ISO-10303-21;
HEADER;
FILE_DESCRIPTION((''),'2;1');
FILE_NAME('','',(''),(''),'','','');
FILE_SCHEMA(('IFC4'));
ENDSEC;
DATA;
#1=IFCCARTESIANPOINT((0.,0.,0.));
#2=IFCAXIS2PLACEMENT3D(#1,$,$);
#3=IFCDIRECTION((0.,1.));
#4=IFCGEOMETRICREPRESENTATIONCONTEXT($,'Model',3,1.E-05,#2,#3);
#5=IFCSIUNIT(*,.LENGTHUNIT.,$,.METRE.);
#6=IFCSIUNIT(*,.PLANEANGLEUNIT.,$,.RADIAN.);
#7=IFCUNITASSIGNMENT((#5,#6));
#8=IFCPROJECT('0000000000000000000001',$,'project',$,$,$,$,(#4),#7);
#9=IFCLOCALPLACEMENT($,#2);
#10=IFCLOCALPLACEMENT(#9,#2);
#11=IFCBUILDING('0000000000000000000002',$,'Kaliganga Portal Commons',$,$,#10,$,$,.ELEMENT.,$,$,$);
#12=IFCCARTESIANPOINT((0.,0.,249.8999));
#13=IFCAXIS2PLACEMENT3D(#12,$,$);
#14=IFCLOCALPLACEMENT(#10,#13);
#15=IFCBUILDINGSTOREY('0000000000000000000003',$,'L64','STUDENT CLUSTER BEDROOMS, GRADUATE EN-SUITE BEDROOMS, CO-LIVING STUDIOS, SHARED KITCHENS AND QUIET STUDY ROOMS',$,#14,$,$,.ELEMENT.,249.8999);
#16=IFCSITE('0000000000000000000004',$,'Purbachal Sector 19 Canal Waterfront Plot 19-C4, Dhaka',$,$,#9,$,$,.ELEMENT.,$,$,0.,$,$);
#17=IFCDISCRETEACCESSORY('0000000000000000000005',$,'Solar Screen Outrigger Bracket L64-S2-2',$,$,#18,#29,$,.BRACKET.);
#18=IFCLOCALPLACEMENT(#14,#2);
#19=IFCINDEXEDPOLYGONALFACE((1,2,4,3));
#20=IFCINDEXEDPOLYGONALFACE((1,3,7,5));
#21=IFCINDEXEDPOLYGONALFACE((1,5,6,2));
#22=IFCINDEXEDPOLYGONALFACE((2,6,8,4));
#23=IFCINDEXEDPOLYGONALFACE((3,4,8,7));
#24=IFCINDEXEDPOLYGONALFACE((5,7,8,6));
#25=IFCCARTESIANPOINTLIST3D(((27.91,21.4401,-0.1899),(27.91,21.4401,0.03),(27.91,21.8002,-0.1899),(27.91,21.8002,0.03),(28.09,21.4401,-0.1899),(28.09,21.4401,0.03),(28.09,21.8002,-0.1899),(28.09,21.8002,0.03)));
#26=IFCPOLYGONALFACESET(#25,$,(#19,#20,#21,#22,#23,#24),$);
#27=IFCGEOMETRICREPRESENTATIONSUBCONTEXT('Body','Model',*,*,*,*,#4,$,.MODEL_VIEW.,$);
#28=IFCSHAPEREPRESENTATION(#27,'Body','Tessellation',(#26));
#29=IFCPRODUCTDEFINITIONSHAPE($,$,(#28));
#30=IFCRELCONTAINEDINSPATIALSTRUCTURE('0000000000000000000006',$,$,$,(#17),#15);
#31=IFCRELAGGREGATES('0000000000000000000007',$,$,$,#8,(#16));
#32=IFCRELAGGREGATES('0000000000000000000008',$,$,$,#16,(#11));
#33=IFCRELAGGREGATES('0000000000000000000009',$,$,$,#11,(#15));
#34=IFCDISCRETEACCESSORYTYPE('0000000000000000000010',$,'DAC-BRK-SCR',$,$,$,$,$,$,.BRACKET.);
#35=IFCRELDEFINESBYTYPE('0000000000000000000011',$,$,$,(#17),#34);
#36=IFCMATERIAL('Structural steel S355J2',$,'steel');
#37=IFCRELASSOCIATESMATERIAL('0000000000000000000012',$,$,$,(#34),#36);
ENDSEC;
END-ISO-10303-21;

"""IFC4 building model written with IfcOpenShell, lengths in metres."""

from ifc_helpers import new_model, si_unit, direction, frame, origin, origin_2d, place, context, subcontext, project, spatial, rectangle, extrude, source, transform, mapped, material, type_object, element, save


model = new_model("IFC4")

# Units and contexts
model_context = context("Model", 3, precision=1e-05, world=origin(), true_north=direction((0.0, 1.0)))
body_context = subcontext(model_context, "Body", "Model", "MODEL_VIEW")
ifc_project = project(units=[si_unit("LENGTHUNIT", "METRE"), si_unit("PLANEANGLEUNIT", "RADIAN")], contexts=[model_context])

# Site, building, storey
site_placement = place(None, origin())
site = spatial("IfcSite", under=ifc_project, at=site_placement, Name="Purbachal Sector 19 Canal Waterfront Plot 19-C4, Dhaka", CompositionType="ELEMENT", RefElevation=0.0)
building_placement = place(site_placement, origin())
building = spatial("IfcBuilding", under=site, at=building_placement, Name="Kaliganga Portal Commons", CompositionType="ELEMENT")
storey_placement = place(building_placement, frame((0.0, 0.0, 249.8999)))
storey = spatial("IfcBuildingStorey", under=building, at=storey_placement, Name="L64", Description="STUDENT CLUSTER BEDROOMS, GRADUATE EN-SUITE BEDROOMS, CO-LIVING STUDIOS, SHARED KITCHENS AND QUIET STUDY ROOMS", CompositionType="ELEMENT", Elevation=249.8999)

# Shared definitions
ifc_material_1 = material(Name="Structural steel S355J2", Category="steel")

# Discrete accessory
discrete_accessory_type = type_object("IfcDiscreteAccessoryType", Name="DAC-BRK-SCR", PredefinedType="BRACKET", material=ifc_material_1)
shared_shape_1 = source(origin(), body_context, "Body", "SweptSolid", [
    extrude(rectangle(XDim=0.1799, YDim=0.3601, at=origin_2d()), origin(), (0.0, 0.0, 1.0), 0.22),
])
for number, where, z_axis, x_axis, name in (
    (1, (28.0, 21.6201, -0.1899), (0.0, 0.0, 1.0), (1.0, 0.0, 0.0), "Solar Screen Outrigger Bracket L64-S2-2"),
):
    element("IfcDiscreteAccessory", number, at=place(storey_placement, frame(where, z_axis=z_axis, x_axis=x_axis)), inside=storey, type_object=discrete_accessory_type, Name=name, PredefinedType="BRACKET", context=body_context, shape_type="MappedRepresentation", body=[
        mapped(shared_shape_1, transform((0.0, 0.0, 0.0), x_axis=(1.0, 0.0, 0.0), y_axis=(0.0, 1.0, 0.0), z_axis=(0.0, 0.0, 1.0), scale=1.0)),
    ])

save(model, "model.ifc")
